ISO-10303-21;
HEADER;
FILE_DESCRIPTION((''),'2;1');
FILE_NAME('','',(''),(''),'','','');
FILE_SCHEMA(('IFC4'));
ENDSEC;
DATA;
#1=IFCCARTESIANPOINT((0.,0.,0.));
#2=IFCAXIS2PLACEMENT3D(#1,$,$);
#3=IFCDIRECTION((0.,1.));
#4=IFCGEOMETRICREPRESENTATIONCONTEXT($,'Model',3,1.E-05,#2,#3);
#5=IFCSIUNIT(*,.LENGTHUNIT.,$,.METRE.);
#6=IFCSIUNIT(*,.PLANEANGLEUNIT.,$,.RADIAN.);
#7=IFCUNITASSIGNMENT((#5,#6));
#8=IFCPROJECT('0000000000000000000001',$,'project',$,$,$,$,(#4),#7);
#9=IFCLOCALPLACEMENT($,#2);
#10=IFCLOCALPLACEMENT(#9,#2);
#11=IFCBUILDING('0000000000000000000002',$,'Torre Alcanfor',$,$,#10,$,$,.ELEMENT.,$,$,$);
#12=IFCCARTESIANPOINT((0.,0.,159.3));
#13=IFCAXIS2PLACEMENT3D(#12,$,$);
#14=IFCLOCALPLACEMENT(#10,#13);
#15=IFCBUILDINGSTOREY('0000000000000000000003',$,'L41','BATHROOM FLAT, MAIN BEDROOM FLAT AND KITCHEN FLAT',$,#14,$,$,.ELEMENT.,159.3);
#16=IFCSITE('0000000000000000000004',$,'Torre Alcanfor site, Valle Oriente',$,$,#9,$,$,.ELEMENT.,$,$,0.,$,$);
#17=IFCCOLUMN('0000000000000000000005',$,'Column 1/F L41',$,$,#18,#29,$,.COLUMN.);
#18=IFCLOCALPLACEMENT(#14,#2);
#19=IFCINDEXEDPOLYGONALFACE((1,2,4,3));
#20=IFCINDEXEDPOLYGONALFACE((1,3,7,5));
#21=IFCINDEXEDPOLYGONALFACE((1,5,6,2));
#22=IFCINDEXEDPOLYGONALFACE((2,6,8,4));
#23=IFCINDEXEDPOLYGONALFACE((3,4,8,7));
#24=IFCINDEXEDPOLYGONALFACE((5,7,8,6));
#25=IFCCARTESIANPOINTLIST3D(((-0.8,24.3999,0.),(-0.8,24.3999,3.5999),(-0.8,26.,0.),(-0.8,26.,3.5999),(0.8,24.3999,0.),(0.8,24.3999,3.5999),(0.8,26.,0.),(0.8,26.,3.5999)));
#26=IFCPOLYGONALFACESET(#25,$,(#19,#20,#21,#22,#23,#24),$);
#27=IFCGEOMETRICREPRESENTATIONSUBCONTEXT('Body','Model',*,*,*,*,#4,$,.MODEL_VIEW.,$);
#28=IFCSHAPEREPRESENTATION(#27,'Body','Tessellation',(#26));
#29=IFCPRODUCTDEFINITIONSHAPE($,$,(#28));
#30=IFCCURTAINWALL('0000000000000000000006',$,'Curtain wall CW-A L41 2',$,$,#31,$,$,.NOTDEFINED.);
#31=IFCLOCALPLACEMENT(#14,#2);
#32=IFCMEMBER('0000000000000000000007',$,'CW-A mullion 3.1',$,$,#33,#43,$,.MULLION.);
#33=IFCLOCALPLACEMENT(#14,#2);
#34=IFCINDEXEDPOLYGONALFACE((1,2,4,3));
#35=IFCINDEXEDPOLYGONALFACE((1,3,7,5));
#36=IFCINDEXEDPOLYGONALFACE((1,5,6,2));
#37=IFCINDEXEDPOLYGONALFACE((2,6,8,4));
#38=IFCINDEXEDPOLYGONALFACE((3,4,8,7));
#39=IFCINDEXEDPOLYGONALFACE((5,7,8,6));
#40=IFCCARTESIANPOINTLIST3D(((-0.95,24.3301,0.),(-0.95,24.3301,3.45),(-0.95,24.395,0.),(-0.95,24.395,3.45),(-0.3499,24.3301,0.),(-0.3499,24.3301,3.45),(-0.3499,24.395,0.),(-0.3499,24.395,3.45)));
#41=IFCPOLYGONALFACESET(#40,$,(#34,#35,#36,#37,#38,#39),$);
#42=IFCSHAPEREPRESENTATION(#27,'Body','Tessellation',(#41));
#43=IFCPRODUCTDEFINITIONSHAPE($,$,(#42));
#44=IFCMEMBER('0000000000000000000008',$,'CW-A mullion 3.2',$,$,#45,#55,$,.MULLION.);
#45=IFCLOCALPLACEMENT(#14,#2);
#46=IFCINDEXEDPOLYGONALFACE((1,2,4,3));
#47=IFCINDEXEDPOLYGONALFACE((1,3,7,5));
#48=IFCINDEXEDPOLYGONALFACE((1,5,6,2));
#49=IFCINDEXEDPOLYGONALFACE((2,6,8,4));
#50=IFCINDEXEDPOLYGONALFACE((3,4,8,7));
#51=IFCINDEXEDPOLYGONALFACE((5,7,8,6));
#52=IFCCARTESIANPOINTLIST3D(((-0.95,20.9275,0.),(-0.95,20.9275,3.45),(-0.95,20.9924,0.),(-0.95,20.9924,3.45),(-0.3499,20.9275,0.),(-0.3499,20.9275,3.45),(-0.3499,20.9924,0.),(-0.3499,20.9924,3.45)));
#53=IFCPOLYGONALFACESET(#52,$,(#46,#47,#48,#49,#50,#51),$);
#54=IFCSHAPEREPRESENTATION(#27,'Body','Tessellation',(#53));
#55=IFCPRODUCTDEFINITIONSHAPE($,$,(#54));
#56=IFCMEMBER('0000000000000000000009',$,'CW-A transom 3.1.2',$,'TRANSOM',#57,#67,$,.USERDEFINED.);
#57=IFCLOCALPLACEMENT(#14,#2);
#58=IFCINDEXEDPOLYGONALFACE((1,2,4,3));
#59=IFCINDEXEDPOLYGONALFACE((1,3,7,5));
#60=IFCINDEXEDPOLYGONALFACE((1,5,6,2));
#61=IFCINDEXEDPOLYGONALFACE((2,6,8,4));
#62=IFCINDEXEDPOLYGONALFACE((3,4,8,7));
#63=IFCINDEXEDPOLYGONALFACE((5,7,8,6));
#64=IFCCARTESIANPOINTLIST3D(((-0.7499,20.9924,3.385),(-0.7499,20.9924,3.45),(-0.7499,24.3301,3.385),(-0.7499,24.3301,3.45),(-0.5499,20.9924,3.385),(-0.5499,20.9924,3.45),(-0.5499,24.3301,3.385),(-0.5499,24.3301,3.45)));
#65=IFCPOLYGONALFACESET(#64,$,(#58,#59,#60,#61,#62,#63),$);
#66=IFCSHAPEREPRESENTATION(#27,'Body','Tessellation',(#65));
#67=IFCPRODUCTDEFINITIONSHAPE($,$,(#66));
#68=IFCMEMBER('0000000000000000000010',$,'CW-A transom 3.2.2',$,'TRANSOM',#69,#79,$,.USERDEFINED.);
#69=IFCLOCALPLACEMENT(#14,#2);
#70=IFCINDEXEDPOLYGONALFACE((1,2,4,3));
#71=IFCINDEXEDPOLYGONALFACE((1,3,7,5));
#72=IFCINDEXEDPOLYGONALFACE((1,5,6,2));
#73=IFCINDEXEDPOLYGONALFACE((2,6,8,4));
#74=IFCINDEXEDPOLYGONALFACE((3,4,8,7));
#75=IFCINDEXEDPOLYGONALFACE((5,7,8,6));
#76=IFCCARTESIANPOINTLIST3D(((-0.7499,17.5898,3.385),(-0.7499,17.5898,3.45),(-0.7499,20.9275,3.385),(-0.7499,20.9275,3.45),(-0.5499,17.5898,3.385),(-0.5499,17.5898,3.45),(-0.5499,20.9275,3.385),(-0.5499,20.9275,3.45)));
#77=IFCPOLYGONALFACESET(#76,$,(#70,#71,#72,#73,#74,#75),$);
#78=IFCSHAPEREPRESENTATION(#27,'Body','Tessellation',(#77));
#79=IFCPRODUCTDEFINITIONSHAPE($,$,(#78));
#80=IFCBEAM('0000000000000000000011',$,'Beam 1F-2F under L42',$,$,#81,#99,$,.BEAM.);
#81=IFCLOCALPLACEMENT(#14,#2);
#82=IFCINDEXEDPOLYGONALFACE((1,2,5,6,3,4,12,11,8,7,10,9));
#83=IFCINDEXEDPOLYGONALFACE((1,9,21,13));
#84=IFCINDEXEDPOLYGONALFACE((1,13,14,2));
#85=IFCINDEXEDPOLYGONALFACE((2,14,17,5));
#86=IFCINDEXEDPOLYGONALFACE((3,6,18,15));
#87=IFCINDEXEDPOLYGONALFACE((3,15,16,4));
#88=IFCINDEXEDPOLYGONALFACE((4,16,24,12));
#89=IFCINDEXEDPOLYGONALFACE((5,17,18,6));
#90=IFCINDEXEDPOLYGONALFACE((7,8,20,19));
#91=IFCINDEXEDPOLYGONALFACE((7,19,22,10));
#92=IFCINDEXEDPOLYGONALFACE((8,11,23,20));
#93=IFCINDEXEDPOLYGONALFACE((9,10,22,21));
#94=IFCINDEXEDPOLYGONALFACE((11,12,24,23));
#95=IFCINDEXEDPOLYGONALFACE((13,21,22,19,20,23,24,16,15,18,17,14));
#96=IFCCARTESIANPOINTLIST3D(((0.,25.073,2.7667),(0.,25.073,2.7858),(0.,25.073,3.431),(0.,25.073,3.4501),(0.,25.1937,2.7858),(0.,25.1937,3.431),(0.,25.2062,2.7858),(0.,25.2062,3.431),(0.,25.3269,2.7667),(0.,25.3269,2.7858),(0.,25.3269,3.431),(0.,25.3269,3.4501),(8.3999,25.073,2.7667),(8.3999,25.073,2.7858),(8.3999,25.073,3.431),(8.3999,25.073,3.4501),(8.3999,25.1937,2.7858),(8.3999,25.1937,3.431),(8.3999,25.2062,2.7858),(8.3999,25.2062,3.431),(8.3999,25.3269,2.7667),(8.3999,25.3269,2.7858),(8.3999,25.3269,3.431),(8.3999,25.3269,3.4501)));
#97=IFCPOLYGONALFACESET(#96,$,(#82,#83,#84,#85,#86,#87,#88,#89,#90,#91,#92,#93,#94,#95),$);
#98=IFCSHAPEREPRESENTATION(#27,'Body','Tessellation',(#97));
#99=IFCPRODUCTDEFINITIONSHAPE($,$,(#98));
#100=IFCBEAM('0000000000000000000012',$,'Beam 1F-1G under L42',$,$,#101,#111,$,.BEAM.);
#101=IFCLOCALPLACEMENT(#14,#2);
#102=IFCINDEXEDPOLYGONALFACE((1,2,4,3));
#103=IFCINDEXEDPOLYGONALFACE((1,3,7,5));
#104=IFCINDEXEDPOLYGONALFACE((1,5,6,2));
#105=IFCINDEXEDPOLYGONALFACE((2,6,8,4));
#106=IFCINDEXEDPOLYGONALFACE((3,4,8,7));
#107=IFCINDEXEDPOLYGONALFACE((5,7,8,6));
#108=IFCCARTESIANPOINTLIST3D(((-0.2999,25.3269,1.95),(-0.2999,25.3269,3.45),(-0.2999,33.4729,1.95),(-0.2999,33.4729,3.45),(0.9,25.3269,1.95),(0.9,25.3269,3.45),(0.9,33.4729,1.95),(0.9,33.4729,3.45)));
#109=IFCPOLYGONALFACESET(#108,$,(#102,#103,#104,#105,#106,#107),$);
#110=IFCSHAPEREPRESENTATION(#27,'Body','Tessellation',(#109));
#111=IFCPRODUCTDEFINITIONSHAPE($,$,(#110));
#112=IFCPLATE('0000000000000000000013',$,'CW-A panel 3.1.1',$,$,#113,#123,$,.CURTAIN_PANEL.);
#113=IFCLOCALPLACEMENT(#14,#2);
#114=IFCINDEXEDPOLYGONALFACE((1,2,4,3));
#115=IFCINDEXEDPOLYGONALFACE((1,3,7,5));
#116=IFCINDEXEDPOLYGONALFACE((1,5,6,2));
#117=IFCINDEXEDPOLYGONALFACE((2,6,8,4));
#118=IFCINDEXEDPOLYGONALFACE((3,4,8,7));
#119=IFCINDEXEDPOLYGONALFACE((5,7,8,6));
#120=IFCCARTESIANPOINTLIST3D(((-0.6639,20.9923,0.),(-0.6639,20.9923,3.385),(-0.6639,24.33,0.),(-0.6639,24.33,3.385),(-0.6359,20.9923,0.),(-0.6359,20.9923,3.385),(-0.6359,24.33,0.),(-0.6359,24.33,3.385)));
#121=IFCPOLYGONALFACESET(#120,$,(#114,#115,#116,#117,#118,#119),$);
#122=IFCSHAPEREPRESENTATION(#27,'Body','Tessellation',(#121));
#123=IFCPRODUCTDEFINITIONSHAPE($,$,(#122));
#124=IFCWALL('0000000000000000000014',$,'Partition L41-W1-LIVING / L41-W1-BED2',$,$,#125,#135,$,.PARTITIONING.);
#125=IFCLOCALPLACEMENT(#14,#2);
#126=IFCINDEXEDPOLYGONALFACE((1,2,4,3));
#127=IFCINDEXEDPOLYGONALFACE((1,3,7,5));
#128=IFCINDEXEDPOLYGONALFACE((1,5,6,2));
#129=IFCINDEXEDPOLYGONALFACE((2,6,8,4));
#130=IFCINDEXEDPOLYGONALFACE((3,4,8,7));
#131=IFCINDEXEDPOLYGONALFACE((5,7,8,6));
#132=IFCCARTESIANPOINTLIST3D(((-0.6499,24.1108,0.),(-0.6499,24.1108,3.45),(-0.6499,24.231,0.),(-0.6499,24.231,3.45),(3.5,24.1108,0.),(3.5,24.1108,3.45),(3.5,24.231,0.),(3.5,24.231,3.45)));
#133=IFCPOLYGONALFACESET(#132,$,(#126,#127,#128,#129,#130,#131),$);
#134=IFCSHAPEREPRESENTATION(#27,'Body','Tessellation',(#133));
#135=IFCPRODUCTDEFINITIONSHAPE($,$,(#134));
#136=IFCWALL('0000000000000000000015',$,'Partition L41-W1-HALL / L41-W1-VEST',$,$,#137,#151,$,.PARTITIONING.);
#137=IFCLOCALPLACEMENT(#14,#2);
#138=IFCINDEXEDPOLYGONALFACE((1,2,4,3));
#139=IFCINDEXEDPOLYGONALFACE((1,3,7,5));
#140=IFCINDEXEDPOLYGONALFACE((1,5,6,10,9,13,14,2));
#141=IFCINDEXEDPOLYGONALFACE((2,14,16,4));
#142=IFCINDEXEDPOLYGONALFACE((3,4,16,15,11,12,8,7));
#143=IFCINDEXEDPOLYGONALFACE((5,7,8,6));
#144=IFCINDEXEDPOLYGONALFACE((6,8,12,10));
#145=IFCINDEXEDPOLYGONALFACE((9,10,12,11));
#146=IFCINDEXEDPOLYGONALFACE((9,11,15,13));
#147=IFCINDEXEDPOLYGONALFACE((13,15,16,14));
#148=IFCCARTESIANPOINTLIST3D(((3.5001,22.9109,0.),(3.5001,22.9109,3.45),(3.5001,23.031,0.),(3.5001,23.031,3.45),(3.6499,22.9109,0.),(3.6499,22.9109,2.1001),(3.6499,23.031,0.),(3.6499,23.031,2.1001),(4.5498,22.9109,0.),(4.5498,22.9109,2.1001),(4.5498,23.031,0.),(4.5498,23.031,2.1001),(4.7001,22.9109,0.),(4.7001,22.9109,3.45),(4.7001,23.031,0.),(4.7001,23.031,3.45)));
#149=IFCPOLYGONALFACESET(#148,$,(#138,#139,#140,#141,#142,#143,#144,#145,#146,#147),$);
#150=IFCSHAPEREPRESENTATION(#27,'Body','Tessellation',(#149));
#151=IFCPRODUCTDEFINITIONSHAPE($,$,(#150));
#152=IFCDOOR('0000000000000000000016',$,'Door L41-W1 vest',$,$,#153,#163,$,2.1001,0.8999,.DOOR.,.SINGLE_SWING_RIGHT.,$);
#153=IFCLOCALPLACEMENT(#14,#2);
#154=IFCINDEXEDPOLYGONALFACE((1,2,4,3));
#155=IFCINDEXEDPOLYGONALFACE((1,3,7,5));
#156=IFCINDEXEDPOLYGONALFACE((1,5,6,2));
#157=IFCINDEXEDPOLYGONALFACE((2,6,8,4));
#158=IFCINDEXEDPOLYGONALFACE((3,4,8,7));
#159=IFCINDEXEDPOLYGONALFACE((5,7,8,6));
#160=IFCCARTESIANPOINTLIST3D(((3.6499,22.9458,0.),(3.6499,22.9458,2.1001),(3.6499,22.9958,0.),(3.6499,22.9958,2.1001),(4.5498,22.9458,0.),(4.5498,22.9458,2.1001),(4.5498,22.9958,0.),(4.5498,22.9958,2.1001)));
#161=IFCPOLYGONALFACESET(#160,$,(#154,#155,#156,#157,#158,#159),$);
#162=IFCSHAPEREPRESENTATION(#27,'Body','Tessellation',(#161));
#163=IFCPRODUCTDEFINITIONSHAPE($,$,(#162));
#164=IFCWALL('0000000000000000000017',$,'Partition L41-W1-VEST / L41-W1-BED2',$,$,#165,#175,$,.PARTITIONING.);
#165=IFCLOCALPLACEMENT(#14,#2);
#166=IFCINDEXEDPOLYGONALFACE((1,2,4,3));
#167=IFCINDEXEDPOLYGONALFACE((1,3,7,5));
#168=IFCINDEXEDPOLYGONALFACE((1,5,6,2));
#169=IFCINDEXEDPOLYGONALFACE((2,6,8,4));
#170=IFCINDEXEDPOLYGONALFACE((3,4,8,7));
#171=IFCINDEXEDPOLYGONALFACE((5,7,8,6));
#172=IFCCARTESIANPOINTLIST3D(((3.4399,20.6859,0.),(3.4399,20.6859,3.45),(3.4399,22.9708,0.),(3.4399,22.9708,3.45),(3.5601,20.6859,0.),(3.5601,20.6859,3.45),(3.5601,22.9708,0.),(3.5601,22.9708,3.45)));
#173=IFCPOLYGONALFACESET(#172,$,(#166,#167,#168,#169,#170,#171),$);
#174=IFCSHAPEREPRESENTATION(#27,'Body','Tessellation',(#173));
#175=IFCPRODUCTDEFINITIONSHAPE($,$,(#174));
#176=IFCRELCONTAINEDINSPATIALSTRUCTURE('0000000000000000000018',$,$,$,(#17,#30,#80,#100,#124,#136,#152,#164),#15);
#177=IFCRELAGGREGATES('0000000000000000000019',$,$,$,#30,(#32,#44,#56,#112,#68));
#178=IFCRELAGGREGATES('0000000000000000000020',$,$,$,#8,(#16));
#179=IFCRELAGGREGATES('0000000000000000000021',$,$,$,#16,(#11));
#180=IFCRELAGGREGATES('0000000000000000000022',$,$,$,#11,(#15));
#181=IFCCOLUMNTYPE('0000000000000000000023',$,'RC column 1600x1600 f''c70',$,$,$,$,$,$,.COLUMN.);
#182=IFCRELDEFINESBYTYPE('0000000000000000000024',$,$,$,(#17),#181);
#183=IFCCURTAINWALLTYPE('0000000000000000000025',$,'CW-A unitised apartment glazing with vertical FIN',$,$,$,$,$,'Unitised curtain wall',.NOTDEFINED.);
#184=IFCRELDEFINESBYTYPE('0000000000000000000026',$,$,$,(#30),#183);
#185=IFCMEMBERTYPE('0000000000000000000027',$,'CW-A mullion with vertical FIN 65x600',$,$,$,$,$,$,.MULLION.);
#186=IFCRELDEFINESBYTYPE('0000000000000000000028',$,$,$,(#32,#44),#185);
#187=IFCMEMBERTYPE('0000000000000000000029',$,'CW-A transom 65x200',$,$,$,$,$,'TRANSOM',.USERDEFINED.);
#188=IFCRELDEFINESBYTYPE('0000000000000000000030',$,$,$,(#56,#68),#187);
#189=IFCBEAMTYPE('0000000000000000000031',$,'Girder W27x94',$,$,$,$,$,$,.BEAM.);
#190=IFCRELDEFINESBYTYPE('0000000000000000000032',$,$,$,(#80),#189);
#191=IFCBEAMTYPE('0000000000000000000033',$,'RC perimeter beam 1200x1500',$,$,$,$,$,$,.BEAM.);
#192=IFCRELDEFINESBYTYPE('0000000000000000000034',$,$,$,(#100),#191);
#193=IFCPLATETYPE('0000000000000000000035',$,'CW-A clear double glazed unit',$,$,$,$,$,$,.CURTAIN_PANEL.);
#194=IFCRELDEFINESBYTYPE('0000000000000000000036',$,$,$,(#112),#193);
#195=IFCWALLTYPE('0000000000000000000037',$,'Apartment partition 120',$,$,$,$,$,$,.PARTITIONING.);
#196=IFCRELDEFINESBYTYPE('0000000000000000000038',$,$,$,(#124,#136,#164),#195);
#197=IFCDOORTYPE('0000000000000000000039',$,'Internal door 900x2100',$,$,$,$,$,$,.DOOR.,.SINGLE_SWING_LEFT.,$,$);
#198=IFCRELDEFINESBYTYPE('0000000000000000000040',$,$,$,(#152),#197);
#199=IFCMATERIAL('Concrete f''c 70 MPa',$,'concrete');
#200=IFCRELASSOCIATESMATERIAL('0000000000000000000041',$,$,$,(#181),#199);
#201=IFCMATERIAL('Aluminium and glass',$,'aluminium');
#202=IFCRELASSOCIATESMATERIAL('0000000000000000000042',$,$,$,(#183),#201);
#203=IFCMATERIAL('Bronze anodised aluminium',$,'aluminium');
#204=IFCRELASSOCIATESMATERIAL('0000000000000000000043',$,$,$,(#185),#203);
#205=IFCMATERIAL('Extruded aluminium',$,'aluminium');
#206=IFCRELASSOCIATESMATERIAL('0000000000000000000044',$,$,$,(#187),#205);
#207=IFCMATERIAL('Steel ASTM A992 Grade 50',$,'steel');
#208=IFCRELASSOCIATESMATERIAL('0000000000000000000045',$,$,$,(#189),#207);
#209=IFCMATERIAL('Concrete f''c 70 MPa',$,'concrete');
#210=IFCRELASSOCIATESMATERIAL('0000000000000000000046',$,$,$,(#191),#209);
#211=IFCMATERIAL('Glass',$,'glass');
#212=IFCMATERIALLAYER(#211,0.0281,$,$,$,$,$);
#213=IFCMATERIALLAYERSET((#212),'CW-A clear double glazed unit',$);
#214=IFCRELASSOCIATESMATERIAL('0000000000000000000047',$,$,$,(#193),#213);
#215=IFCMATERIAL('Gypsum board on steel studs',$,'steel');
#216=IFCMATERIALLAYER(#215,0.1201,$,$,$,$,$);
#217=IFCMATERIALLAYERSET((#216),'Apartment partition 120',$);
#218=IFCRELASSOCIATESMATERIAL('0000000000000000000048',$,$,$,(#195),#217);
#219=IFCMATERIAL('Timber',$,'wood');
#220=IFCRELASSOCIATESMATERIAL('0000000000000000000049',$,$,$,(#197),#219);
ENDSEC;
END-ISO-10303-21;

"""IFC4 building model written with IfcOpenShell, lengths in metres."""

from ifc_helpers import new_model, si_unit, direction, frame, frame_2d, origin, origin_2d, place, context, subcontext, project, spatial, rectangle, i_section, extrude, material, layer, layer_set, material_profile, profile_set, type_object, element, fill, aggregate, save


model = new_model("IFC4")

# Units and contexts
model_context = context("Model", 3, precision=1e-05, world=origin(), true_north=direction((0.0, 1.0)))
body_context = subcontext(model_context, "Body", "Model", "MODEL_VIEW")
ifc_project = project(units=[si_unit("LENGTHUNIT", "METRE"), si_unit("PLANEANGLEUNIT", "RADIAN")], contexts=[model_context])

# Site, building, storey
site_placement = place(None, origin())
site = spatial("IfcSite", under=ifc_project, at=site_placement, Name="Torre Alcanfor site, Valle Oriente", CompositionType="ELEMENT", RefElevation=0.0)
building_placement = place(site_placement, origin())
building = spatial("IfcBuilding", under=site, at=building_placement, Name="Torre Alcanfor", CompositionType="ELEMENT")
storey_placement = place(building_placement, frame((0.0, 0.0, 159.3)))
storey = spatial("IfcBuildingStorey", under=building, at=storey_placement, Name="L41", Description="BATHROOM FLAT, MAIN BEDROOM FLAT AND KITCHEN FLAT", CompositionType="ELEMENT", Elevation=159.3)

# Column
ifc_material_1 = material(Name="Concrete f'c 70 MPa", Category="concrete")
ifc_material_profile_1 = material_profile(ifc_material_1, rectangle(XDim=1.6001, YDim=1.6001, at=origin_2d()), Name="1600x1600")
ifc_profile_set_1 = profile_set([ifc_material_profile_1], Name="Concrete f'c 70 MPa")
column_type = type_object("IfcColumnType", Name="RC column 1600x1600 f'c70", PredefinedType="COLUMN", material=ifc_profile_set_1)
column_placement = place(storey_placement, frame((0.0, 25.2, 0.0), z_axis=(0.0, 0.0, 1.0), x_axis=(1.0, 0.0, 0.0)))
element("IfcColumn", 1, at=column_placement, inside=storey, type_object=column_type, Name="Column 1/F L41", PredefinedType="COLUMN", context=body_context, shape_type="SweptSolid", body=[
    extrude(rectangle(XDim=1.6001, YDim=1.6001, at=origin_2d()), origin(), (0.0, 0.0, 1.0), 3.5999),
])

# Curtain wall, members
ifc_material_2 = material(Name="Aluminium and glass", Category="aluminium")
curtain_wall_type = type_object("IfcCurtainWallType", Name="CW-A unitised apartment glazing with vertical FIN", ElementType="Unitised curtain wall", PredefinedType="NOTDEFINED", material=ifc_material_2)
curtain_wall_placement = place(storey_placement, origin())
curtain_wall = element("IfcCurtainWall", 2, at=curtain_wall_placement, inside=storey, type_object=curtain_wall_type, Name="Curtain wall CW-A L41 2", PredefinedType="NOTDEFINED")
ifc_material_3 = material(Name="Bronze anodised aluminium", Category="aluminium")
ifc_material_profile_2 = material_profile(ifc_material_3, rectangle(XDim=0.6001, YDim=0.0649, at=origin_2d()), Name="CW-A mullion 65x600")
ifc_profile_set_2 = profile_set([ifc_material_profile_2], Name="Bronze anodised aluminium")
member_type_1 = type_object("IfcMemberType", Name="CW-A mullion with vertical FIN 65x600", PredefinedType="MULLION", material=ifc_profile_set_2)
member_1_placement = place(storey_placement, frame((-0.6499, 24.3625, 0.0), z_axis=(0.0, 0.0, 1.0), x_axis=(1.0, 0.0, 0.0)))
member_1 = element("IfcMember", 3, at=member_1_placement, type_object=member_type_1, Name="CW-A mullion 3.1", PredefinedType="MULLION", context=body_context, shape_type="SweptSolid", body=[
    extrude(rectangle(XDim=0.6001, YDim=0.0649, at=origin_2d()), origin(), (0.0, 0.0, 1.0), 3.45),
])
member_2_placement = place(storey_placement, frame((-0.6499, 20.96, 0.0), z_axis=(0.0, 0.0, 1.0), x_axis=(1.0, 0.0, 0.0)))
member_2 = element("IfcMember", 4, at=member_2_placement, type_object=member_type_1, Name="CW-A mullion 3.2", PredefinedType="MULLION", context=body_context, shape_type="SweptSolid", body=[
    extrude(rectangle(XDim=0.6001, YDim=0.0649, at=origin_2d()), origin(), (0.0, 0.0, 1.0), 3.45),
])
ifc_material_4 = material(Name="Extruded aluminium", Category="aluminium")
ifc_material_profile_3 = material_profile(ifc_material_4, rectangle(XDim=0.2, YDim=0.0649, at=origin_2d()), Name="CW-A transom 200x65")
ifc_profile_set_3 = profile_set([ifc_material_profile_3], Name="Extruded aluminium")
member_type_2 = type_object("IfcMemberType", Name="CW-A transom 65x200", ElementType="TRANSOM", PredefinedType="USERDEFINED", material=ifc_profile_set_3)
member_3_placement = place(storey_placement, frame((-0.6499, 24.3301, 3.4175), z_axis=(0.0, -1.0, 0.0), x_axis=(1.0, 0.0, 0.0)))
member_3 = element("IfcMember", 5, at=member_3_placement, type_object=member_type_2, Name="CW-A transom 3.1.2", ObjectType="TRANSOM", PredefinedType="USERDEFINED", context=body_context, shape_type="SweptSolid", body=[
    extrude(rectangle(XDim=0.2, YDim=0.0649, at=origin_2d()), origin(), (0.0, 0.0, 1.0), 3.3376),
])
member_4_placement = place(storey_placement, frame((-0.6499, 20.9275, 3.4175), z_axis=(0.0, -1.0, 0.0), x_axis=(1.0, 0.0, 0.0)))
member_4 = element("IfcMember", 6, at=member_4_placement, type_object=member_type_2, Name="CW-A transom 3.2.2", ObjectType="TRANSOM", PredefinedType="USERDEFINED", context=body_context, shape_type="SweptSolid", body=[
    extrude(rectangle(XDim=0.2, YDim=0.0649, at=origin_2d()), origin(), (0.0, 0.0, 1.0), 3.3376),
])

# Beams
ifc_material_5 = material(Name="Steel ASTM A992 Grade 50", Category="steel")
ifc_material_profile_4 = material_profile(ifc_material_5, i_section(OverallWidth=0.2539, OverallDepth=0.6833, WebThickness=0.0125, FlangeThickness=0.019, at=origin_2d()), Name="W27x94")
ifc_profile_set_4 = profile_set([ifc_material_profile_4], Name="Steel ASTM A992 Grade 50")
beam_type_1 = type_object("IfcBeamType", Name="Girder W27x94", PredefinedType="BEAM", material=ifc_profile_set_4)
beam_1_placement = place(storey_placement, frame((0.0, 25.2, 3.1084), z_axis=(1.0, 0.0, 0.0), x_axis=(0.0, 1.0, 0.0)))
element("IfcBeam", 7, at=beam_1_placement, inside=storey, type_object=beam_type_1, Name="Beam 1F-2F under L42", PredefinedType="BEAM", context=body_context, shape_type="SweptSolid", body=[
    extrude(i_section(OverallWidth=0.2539, OverallDepth=0.6833, WebThickness=0.0125, FlangeThickness=0.019, at=origin_2d()), origin(), (0.0, 0.0, 1.0), 8.3999),
])
ifc_material_6 = material(Name="Concrete f'c 70 MPa", Category="concrete")
ifc_material_profile_5 = material_profile(ifc_material_6, rectangle(XDim=1.2, YDim=1.5, at=origin_2d()), Name="1200x1500")
ifc_profile_set_5 = profile_set([ifc_material_profile_5], Name="Concrete f'c 70 MPa")
beam_type_2 = type_object("IfcBeamType", Name="RC perimeter beam 1200x1500", PredefinedType="BEAM", material=ifc_profile_set_5)
beam_2_placement = place(storey_placement, frame((0.3, 25.3269, 2.7), z_axis=(0.0, 1.0, 0.0), x_axis=(-1.0, 0.0, 0.0)))
element("IfcBeam", 8, at=beam_2_placement, inside=storey, type_object=beam_type_2, Name="Beam 1F-1G under L42", PredefinedType="BEAM", context=body_context, shape_type="SweptSolid", body=[
    extrude(rectangle(XDim=1.2, YDim=1.5, at=origin_2d()), origin(), (0.0, 0.0, 1.0), 8.146),
])

# Plate
ifc_material_7 = material(Name="Glass", Category="glass")
ifc_layer_1 = layer(ifc_material_7, 0.0281)
ifc_layer_set_1 = layer_set([ifc_layer_1], Name="CW-A clear double glazed unit")
plate_type = type_object("IfcPlateType", Name="CW-A clear double glazed unit", PredefinedType="CURTAIN_PANEL", material=ifc_layer_set_1)
plate_placement = place(storey_placement, frame((-0.6499, 22.6611, 0.0), z_axis=(0.0, 0.0, 1.0), x_axis=(0.0, -1.0, 0.0)))
plate = element("IfcPlate", 9, at=plate_placement, type_object=plate_type, Name="CW-A panel 3.1.1", PredefinedType="CURTAIN_PANEL", context=body_context, shape_type="SweptSolid", body=[
    extrude(rectangle(XDim=3.3376, YDim=0.0281, at=origin_2d()), origin(), (0.0, 0.0, 1.0), 3.385),
])
aggregate(curtain_wall, [member_1, member_2, member_3, plate, member_4])

# Wall
ifc_material_8 = material(Name="Gypsum board on steel studs", Category="steel")
ifc_layer_2 = layer(ifc_material_8, 0.1201)
ifc_layer_set_2 = layer_set([ifc_layer_2], Name="Apartment partition 120")
wall_type = type_object("IfcWallType", Name="Apartment partition 120", PredefinedType="PARTITIONING", material=ifc_layer_set_2)
wall_1_placement = place(storey_placement, frame((-0.6499, 24.1709, 0.0), z_axis=(0.0, 0.0, 1.0), x_axis=(1.0, 0.0, 0.0)))
element("IfcWall", 10, at=wall_1_placement, inside=storey, type_object=wall_type, Name="Partition L41-W1-LIVING / L41-W1-BED2", PredefinedType="PARTITIONING", context=body_context, shape_type="SweptSolid", body=[
    extrude(rectangle(XDim=4.1499, YDim=0.1201, at=frame_2d((2.075, 0.0))), origin(), (0.0, 0.0, 1.0), 3.45),
])

# Wall, opening, door
wall_2_placement = place(storey_placement, frame((3.5, 22.9709, 0.0), z_axis=(0.0, 0.0, 1.0), x_axis=(1.0, 0.0, 0.0)))
wall_2 = element("IfcWall", 11, at=wall_2_placement, inside=storey, type_object=wall_type, Name="Partition L41-W1-HALL / L41-W1-VEST", PredefinedType="PARTITIONING", context=body_context, shape_type="SweptSolid", body=[
    extrude(rectangle(XDim=1.2, YDim=0.1201, at=frame_2d((0.6001, 0.0))), origin(), (0.0, 0.0, 1.0), 3.45),
])
opening_1_placement = place(wall_2_placement, frame((0.1499, 0.0, 0.0)))
opening_1 = element("IfcOpeningElement", 12, at=opening_1_placement, cuts=wall_2, PredefinedType="OPENING", context=body_context, shape_type="SweptSolid", body=[
    extrude(rectangle(XDim=0.8999, YDim=2.1001, at=frame_2d((0.45, 1.05))), frame((0.0, 0.0701, 0.0), z_axis=(0.0, -1.0, 0.0), x_axis=(1.0, 0.0, 0.0)), (0.0, 0.0, 1.0), 0.1401),
])
ifc_material_9 = material(Name="Timber", Category="wood")
door_type = type_object("IfcDoorType", Name="Internal door 900x2100", OperationType="SINGLE_SWING_LEFT", PredefinedType="DOOR", material=ifc_material_9)
door_1_placement = place(opening_1_placement, frame((0.8999, 0.0, 0.0), z_axis=(0.0, 0.0, 1.0), x_axis=(-1.0, 0.0, 0.0)))
door_1 = element("IfcDoor", 13, at=door_1_placement, inside=storey, type_object=door_type, Name="Door L41-W1 vest", OperationType="SINGLE_SWING_RIGHT", OverallHeight=2.1001, OverallWidth=0.8999, PredefinedType="DOOR", context=body_context, shape_type="SweptSolid", body=[
    extrude(rectangle(XDim=0.8999, YDim=2.1001, at=frame_2d((0.45, 1.05))), frame((0.0, 0.0251, 0.0), z_axis=(0.0, -1.0, 0.0), x_axis=(1.0, 0.0, 0.0)), (0.0, 0.0, 1.0), 0.05),
])
fill(opening_1, door_1)

# Wall
wall_3_placement = place(storey_placement, frame((3.5, 22.9709, 0.0), z_axis=(0.0, 0.0, 1.0), x_axis=(0.0, -1.0, 0.0)))
element("IfcWall", 14, at=wall_3_placement, inside=storey, type_object=wall_type, Name="Partition L41-W1-VEST / L41-W1-BED2", PredefinedType="PARTITIONING", context=body_context, shape_type="SweptSolid", body=[
    extrude(rectangle(XDim=2.2849, YDim=0.1201, at=frame_2d((1.1426, 0.0))), origin(), (0.0, 0.0, 1.0), 3.45),
])

save(model, "model.ifc")
